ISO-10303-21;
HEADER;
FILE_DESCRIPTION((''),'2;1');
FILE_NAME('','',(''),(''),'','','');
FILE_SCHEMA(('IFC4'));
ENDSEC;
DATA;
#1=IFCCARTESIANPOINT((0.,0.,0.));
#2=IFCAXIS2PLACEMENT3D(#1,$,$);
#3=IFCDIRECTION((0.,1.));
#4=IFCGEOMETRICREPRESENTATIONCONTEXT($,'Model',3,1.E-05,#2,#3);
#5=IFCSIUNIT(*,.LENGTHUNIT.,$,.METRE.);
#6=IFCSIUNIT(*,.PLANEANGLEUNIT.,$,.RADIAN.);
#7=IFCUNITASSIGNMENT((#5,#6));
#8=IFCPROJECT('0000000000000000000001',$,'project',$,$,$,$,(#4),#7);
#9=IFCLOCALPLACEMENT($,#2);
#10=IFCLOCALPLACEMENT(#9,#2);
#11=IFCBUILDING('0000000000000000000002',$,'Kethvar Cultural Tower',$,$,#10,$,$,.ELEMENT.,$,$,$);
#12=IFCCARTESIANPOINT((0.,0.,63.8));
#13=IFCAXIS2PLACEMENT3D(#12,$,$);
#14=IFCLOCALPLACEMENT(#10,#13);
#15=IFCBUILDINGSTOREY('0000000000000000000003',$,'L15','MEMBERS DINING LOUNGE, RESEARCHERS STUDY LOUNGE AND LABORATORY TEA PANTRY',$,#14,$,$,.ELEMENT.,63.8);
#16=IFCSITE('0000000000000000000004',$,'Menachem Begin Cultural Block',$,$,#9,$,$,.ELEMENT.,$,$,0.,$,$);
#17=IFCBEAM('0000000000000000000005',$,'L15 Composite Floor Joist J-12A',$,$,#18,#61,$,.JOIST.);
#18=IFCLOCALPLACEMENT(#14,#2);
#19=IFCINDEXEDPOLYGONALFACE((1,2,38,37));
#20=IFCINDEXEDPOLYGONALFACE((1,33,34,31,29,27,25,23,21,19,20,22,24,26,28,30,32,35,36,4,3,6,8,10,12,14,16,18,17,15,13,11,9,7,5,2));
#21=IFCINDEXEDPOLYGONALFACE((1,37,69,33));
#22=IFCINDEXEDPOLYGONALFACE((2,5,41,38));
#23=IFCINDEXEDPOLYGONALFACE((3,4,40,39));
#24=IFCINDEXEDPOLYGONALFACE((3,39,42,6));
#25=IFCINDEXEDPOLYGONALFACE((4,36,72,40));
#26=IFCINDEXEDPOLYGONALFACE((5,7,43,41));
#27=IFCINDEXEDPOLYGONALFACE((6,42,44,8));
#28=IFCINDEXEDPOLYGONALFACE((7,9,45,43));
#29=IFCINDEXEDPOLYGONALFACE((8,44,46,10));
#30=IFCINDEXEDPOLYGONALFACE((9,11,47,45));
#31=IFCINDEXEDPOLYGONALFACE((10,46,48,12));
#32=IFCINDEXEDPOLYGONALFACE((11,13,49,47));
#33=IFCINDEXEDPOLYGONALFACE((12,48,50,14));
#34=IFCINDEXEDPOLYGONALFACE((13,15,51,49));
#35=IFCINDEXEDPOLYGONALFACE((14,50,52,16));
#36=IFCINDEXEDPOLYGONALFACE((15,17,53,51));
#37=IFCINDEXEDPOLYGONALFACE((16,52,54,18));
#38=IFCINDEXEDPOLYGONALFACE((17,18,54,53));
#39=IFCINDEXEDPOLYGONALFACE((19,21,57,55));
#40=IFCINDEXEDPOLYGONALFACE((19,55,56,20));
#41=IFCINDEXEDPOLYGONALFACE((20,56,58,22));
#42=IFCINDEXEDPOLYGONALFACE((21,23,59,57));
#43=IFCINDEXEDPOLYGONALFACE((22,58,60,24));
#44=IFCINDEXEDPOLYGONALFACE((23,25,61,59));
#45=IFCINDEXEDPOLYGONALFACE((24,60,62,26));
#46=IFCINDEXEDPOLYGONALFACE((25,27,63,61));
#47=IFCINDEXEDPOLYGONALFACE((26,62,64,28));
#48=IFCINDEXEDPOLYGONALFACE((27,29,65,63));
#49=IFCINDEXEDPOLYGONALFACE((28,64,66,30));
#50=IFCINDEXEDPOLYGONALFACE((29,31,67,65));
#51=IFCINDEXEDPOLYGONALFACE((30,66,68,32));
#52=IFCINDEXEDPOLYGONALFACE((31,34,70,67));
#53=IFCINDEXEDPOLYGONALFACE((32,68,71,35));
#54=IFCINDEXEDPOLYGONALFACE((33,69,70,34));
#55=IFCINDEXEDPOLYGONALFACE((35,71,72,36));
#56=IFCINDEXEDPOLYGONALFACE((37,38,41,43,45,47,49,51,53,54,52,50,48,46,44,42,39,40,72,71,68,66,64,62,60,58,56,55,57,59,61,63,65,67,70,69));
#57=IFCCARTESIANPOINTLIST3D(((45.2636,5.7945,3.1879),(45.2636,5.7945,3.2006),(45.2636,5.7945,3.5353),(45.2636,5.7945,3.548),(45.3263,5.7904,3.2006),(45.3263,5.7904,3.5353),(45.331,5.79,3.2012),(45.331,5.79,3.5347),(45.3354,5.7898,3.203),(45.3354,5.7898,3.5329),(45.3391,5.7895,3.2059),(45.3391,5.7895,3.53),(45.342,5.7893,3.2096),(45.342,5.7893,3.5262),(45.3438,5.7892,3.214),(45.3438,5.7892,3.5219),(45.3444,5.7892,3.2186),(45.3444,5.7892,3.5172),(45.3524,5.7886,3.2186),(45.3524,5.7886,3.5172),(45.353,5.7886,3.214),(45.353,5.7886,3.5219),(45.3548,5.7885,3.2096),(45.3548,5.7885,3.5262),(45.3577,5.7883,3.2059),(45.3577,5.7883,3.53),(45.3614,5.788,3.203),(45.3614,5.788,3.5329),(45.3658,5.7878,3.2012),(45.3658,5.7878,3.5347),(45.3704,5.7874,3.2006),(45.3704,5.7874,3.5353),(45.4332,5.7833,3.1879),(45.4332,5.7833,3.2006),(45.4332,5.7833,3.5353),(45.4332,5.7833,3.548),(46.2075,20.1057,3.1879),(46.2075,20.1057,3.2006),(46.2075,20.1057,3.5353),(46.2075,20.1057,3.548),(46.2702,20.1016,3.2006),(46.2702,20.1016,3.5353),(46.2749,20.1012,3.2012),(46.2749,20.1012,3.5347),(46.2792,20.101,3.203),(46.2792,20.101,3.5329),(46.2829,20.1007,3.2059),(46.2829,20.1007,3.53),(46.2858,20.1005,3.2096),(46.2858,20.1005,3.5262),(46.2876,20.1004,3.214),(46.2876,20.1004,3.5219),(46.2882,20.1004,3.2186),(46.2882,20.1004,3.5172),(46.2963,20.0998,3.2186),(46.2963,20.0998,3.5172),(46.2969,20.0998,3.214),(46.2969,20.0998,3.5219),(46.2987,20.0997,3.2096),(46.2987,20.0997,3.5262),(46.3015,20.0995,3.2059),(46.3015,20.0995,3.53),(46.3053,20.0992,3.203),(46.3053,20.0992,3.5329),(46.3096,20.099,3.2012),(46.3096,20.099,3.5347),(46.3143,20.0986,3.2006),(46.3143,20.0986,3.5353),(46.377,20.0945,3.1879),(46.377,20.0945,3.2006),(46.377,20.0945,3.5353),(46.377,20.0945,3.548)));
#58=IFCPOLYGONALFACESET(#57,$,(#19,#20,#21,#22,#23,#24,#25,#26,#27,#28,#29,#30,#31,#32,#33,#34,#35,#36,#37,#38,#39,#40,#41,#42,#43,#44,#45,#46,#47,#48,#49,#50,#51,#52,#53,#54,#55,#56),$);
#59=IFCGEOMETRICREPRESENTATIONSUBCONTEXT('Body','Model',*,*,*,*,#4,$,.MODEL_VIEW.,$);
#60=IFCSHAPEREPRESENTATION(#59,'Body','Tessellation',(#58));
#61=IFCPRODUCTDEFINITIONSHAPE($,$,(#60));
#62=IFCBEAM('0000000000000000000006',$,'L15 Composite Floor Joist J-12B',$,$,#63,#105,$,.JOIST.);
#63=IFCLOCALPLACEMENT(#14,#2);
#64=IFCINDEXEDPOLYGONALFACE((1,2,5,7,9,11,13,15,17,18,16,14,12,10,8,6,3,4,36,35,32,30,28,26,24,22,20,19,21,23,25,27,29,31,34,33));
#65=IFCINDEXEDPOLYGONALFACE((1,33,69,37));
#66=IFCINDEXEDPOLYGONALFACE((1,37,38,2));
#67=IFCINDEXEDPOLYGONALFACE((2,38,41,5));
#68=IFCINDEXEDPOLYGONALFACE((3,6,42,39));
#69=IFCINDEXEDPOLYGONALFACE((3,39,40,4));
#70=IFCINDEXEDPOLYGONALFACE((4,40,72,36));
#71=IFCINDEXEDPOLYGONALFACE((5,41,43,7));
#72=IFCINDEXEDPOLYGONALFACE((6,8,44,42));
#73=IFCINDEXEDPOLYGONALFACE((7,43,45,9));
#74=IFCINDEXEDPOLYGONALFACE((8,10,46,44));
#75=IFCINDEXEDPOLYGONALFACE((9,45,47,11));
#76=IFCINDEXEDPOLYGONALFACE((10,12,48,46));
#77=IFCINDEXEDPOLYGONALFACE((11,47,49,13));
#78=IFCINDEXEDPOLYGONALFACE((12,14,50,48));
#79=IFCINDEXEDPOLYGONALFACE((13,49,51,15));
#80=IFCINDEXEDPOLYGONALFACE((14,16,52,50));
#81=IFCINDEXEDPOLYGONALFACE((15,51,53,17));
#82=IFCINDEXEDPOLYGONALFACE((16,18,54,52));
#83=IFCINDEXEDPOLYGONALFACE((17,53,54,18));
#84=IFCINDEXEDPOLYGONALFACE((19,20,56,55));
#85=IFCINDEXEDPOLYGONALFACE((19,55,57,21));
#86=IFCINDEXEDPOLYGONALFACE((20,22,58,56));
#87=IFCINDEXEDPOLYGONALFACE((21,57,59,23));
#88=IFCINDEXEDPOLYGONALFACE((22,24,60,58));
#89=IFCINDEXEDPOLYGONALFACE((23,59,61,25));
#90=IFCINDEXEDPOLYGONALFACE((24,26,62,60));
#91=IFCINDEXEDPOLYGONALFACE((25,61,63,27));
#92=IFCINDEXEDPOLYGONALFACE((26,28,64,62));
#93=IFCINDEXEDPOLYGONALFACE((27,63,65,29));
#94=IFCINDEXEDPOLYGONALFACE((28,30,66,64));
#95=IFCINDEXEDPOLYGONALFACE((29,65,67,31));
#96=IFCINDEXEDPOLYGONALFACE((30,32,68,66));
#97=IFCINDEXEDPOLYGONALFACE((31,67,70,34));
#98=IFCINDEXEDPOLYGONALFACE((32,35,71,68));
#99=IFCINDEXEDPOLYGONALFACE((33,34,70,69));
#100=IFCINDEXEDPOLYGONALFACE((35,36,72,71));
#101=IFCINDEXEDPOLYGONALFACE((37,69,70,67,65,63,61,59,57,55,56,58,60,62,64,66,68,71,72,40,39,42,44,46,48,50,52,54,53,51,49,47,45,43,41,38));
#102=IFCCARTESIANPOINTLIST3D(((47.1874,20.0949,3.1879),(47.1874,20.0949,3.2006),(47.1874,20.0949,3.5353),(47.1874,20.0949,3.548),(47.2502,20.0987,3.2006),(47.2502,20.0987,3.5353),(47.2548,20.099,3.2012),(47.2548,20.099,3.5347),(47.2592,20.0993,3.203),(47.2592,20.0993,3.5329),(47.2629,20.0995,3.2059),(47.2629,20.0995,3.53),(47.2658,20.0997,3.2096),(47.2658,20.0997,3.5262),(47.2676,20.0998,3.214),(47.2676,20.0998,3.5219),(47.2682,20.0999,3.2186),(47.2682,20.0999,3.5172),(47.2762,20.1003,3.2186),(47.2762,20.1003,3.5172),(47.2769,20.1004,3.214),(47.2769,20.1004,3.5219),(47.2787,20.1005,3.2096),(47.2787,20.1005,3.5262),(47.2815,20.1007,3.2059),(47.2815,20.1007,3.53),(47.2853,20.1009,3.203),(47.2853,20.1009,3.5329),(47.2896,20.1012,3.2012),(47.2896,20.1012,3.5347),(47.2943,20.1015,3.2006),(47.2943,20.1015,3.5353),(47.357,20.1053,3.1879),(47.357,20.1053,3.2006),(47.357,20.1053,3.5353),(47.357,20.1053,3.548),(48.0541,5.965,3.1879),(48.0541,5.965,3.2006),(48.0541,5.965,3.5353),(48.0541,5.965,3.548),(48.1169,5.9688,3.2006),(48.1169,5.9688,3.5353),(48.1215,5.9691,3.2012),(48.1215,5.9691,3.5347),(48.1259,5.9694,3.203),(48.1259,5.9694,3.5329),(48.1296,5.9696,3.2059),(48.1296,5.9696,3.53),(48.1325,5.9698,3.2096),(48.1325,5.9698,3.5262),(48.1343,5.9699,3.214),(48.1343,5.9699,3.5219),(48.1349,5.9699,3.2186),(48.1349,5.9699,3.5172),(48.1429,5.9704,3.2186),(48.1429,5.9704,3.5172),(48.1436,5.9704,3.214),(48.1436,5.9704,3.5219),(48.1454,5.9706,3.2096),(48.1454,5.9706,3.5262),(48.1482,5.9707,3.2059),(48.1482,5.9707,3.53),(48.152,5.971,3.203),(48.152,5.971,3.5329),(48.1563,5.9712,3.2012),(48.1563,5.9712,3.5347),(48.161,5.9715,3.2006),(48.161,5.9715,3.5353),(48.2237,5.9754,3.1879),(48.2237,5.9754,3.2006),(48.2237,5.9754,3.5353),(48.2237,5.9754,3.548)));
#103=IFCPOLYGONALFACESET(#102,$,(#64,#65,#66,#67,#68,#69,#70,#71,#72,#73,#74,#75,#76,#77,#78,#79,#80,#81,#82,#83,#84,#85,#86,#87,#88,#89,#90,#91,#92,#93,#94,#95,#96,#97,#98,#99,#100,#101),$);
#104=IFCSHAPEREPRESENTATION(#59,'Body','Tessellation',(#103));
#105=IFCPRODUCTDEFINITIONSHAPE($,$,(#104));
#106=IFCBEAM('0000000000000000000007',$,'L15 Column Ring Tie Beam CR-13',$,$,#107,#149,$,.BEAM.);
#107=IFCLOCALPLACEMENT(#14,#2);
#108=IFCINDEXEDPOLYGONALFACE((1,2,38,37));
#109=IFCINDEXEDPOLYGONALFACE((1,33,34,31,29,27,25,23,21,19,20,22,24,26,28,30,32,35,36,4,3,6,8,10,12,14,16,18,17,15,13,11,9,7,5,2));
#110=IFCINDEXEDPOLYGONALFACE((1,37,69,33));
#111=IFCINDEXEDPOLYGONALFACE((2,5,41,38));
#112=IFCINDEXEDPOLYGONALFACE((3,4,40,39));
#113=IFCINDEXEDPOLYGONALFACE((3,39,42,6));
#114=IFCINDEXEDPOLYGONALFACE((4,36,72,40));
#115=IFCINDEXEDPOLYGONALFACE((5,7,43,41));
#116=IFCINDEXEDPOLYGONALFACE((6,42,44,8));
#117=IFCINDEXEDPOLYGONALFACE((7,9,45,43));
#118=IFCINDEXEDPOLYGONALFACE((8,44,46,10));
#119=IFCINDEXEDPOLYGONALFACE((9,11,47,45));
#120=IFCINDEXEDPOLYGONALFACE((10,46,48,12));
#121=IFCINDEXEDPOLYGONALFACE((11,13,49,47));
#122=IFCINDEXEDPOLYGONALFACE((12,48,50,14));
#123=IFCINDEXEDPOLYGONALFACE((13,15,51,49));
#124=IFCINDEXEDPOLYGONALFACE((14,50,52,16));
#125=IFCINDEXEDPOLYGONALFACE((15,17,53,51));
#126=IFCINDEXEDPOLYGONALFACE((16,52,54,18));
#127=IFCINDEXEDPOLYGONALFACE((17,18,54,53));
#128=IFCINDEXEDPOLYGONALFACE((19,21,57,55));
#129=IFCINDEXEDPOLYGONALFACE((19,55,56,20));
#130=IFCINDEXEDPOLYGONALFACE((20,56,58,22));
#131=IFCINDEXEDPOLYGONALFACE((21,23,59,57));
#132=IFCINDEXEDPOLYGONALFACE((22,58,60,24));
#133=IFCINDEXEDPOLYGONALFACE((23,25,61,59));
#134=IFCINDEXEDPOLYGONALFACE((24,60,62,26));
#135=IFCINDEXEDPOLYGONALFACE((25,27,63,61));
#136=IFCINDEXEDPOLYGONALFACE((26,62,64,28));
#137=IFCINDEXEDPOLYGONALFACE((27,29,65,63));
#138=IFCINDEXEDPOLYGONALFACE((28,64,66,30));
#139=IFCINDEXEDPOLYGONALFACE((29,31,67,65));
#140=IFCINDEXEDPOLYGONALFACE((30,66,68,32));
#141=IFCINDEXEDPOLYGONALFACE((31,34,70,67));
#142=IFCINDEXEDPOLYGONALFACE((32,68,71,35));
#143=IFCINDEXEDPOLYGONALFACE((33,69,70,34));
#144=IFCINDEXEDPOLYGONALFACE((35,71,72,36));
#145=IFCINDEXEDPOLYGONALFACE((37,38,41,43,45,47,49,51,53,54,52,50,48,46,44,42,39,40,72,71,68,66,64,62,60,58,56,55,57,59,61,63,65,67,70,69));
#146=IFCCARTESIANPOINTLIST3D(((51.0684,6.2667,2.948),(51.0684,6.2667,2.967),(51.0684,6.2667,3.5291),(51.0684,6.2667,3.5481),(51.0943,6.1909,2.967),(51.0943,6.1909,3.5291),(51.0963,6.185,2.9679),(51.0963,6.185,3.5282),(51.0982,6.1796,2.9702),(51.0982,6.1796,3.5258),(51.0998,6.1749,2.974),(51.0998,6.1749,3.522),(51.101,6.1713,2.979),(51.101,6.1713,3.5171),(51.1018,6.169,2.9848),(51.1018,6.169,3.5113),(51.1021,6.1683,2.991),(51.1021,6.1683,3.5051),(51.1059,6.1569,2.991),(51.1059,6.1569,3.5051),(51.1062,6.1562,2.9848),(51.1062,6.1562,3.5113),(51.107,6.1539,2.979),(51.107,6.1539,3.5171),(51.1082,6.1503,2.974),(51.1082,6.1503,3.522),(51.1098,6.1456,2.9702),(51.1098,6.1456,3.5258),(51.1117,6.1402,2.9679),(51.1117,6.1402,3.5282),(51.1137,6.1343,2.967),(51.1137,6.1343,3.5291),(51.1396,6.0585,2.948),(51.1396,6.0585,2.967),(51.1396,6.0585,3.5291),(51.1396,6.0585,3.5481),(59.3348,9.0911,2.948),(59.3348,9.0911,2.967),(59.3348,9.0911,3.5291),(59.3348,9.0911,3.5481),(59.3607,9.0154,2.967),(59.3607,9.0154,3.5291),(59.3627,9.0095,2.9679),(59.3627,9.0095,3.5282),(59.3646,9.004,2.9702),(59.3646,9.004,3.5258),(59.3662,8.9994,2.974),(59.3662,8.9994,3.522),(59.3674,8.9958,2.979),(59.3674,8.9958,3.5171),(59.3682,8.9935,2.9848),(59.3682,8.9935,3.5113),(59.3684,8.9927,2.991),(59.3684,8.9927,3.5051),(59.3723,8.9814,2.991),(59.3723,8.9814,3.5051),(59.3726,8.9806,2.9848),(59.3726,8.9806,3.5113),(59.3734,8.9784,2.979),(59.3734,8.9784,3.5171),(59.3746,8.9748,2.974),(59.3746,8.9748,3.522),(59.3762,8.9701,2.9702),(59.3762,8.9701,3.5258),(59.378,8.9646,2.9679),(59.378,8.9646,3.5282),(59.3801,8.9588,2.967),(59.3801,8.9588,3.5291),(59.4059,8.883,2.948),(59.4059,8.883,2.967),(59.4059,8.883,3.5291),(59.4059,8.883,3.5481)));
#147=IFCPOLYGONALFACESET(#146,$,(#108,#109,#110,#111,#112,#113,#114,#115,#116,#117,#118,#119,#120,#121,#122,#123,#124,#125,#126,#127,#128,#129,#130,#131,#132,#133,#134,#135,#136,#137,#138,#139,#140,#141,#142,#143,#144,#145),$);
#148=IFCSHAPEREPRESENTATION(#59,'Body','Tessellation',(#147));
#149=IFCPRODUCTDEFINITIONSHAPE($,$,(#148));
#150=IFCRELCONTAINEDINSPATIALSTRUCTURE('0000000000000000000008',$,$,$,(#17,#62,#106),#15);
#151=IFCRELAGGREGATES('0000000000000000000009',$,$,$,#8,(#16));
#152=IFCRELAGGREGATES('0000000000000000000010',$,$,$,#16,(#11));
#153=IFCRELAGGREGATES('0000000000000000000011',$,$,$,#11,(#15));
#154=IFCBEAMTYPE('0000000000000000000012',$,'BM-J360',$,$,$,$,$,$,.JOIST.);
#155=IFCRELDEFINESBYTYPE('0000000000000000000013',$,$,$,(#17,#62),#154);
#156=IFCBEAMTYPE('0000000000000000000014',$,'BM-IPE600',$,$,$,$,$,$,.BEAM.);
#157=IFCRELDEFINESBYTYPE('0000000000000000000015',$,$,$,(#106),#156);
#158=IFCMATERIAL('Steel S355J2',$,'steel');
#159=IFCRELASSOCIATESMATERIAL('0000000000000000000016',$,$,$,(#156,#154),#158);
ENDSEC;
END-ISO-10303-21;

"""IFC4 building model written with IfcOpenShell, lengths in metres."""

from ifc_helpers import new_model, si_unit, direction, frame, origin, origin_2d, place, context, subcontext, project, spatial, i_section, extrude, source, transform, mapped, material, material_profile, profile_set, type_object, element, save


model = new_model("IFC4")

# Units and contexts
model_context = context("Model", 3, precision=1e-05, world=origin(), true_north=direction((0.0, 1.0)))
body_context = subcontext(model_context, "Body", "Model", "MODEL_VIEW")
ifc_project = project(units=[si_unit("LENGTHUNIT", "METRE"), si_unit("PLANEANGLEUNIT", "RADIAN")], contexts=[model_context])

# Site, building, storey
site_placement = place(None, origin())
site = spatial("IfcSite", under=ifc_project, at=site_placement, Name="Menachem Begin Cultural Block", CompositionType="ELEMENT", RefElevation=0.0)
building_placement = place(site_placement, origin())
building = spatial("IfcBuilding", under=site, at=building_placement, Name="Kethvar Cultural Tower", CompositionType="ELEMENT")
storey_placement = place(building_placement, frame((0.0, 0.0, 63.8)))
storey = spatial("IfcBuildingStorey", under=building, at=storey_placement, Name="L15", Description="MEMBERS DINING LOUNGE, RESEARCHERS STUDY LOUNGE AND LABORATORY TEA PANTRY", CompositionType="ELEMENT", Elevation=63.8)

# Beams
ifc_material_1 = material(Name="Steel S355J2", Category="steel")
ifc_material_profile_1 = material_profile(ifc_material_1, i_section(OverallWidth=0.22, OverallDepth=0.6001, WebThickness=0.012, FlangeThickness=0.019, FilletRadius=0.0239, at=origin_2d()), Name="Steel S355J2 — IPE600")
ifc_profile_set_1 = profile_set([ifc_material_profile_1], Name="Steel S355J2 — IPE600")
beam_type_1 = type_object("IfcBeamType", Name="BM-IPE600", PredefinedType="BEAM", material=ifc_profile_set_1)
ifc_material_profile_2 = material_profile(ifc_material_1, i_section(OverallWidth=0.1699, OverallDepth=0.3601, WebThickness=0.0081, FlangeThickness=0.0127, FilletRadius=0.0181, at=origin_2d()), Name="Steel S355J2 — IPE360")
ifc_profile_set_2 = profile_set([ifc_material_profile_2], Name="Steel S355J2 — IPE360")
beam_type_2 = type_object("IfcBeamType", Name="BM-J360", PredefinedType="JOIST", material=ifc_profile_set_2)
shared_shape_1 = source(origin(), body_context, "Body", "SweptSolid", [
    extrude(i_section(OverallWidth=0.1699, OverallDepth=0.3601, WebThickness=0.0081, FlangeThickness=0.0127, FilletRadius=0.0181, at=origin_2d()), origin(), (0.0, 0.0, 1.0), 14.3423),
])
beam_1_placement = place(storey_placement, frame((46.2922, 20.1001, 3.3679), z_axis=(-0.065808, -0.997832, 0.0), x_axis=(0.997832, -0.065808, 0.0)))
element("IfcBeam", 1, at=beam_1_placement, inside=storey, type_object=beam_type_2, Name="L15 Composite Floor Joist J-12A", PredefinedType="JOIST", context=body_context, shape_type="MappedRepresentation", body=[
    mapped(shared_shape_1, transform((0.0, 0.0, 0.0), scale=1.0)),
])
shared_shape_2 = source(origin(), body_context, "Body", "SweptSolid", [
    extrude(i_section(OverallWidth=0.1699, OverallDepth=0.3601, WebThickness=0.0081, FlangeThickness=0.0127, FilletRadius=0.0181, at=origin_2d()), origin(), (0.0, 0.0, 1.0), 14.1565),
])
beam_2_placement = place(storey_placement, frame((47.2722, 20.1001, 3.3679), z_axis=(0.061223, -0.998124, 0.0), x_axis=(0.998124, 0.061223, 0.0)))
element("IfcBeam", 2, at=beam_2_placement, inside=storey, type_object=beam_type_2, Name="L15 Composite Floor Joist J-12B", PredefinedType="JOIST", context=body_context, shape_type="MappedRepresentation", body=[
    mapped(shared_shape_2, transform((0.0, 0.0, 0.0), scale=1.0)),
])
shared_shape_3 = source(origin(), body_context, "Body", "SweptSolid", [
    extrude(i_section(OverallWidth=0.22, OverallDepth=0.6001, WebThickness=0.012, FlangeThickness=0.019, FilletRadius=0.0239, at=origin_2d()), origin(), (0.0, 0.0, 1.0), 8.7356),
])
beam_3_placement = place(storey_placement, frame((51.104, 6.1626, 3.248), z_axis=(0.946287, 0.323329, 0.0), x_axis=(-0.323329, 0.946287, 0.0)))
element("IfcBeam", 3, at=beam_3_placement, inside=storey, type_object=beam_type_1, Name="L15 Column Ring Tie Beam CR-13", PredefinedType="BEAM", context=body_context, shape_type="MappedRepresentation", body=[
    mapped(shared_shape_3, transform((0.0, 0.0, 0.0), scale=1.0)),
])

save(model, "model.ifc")
